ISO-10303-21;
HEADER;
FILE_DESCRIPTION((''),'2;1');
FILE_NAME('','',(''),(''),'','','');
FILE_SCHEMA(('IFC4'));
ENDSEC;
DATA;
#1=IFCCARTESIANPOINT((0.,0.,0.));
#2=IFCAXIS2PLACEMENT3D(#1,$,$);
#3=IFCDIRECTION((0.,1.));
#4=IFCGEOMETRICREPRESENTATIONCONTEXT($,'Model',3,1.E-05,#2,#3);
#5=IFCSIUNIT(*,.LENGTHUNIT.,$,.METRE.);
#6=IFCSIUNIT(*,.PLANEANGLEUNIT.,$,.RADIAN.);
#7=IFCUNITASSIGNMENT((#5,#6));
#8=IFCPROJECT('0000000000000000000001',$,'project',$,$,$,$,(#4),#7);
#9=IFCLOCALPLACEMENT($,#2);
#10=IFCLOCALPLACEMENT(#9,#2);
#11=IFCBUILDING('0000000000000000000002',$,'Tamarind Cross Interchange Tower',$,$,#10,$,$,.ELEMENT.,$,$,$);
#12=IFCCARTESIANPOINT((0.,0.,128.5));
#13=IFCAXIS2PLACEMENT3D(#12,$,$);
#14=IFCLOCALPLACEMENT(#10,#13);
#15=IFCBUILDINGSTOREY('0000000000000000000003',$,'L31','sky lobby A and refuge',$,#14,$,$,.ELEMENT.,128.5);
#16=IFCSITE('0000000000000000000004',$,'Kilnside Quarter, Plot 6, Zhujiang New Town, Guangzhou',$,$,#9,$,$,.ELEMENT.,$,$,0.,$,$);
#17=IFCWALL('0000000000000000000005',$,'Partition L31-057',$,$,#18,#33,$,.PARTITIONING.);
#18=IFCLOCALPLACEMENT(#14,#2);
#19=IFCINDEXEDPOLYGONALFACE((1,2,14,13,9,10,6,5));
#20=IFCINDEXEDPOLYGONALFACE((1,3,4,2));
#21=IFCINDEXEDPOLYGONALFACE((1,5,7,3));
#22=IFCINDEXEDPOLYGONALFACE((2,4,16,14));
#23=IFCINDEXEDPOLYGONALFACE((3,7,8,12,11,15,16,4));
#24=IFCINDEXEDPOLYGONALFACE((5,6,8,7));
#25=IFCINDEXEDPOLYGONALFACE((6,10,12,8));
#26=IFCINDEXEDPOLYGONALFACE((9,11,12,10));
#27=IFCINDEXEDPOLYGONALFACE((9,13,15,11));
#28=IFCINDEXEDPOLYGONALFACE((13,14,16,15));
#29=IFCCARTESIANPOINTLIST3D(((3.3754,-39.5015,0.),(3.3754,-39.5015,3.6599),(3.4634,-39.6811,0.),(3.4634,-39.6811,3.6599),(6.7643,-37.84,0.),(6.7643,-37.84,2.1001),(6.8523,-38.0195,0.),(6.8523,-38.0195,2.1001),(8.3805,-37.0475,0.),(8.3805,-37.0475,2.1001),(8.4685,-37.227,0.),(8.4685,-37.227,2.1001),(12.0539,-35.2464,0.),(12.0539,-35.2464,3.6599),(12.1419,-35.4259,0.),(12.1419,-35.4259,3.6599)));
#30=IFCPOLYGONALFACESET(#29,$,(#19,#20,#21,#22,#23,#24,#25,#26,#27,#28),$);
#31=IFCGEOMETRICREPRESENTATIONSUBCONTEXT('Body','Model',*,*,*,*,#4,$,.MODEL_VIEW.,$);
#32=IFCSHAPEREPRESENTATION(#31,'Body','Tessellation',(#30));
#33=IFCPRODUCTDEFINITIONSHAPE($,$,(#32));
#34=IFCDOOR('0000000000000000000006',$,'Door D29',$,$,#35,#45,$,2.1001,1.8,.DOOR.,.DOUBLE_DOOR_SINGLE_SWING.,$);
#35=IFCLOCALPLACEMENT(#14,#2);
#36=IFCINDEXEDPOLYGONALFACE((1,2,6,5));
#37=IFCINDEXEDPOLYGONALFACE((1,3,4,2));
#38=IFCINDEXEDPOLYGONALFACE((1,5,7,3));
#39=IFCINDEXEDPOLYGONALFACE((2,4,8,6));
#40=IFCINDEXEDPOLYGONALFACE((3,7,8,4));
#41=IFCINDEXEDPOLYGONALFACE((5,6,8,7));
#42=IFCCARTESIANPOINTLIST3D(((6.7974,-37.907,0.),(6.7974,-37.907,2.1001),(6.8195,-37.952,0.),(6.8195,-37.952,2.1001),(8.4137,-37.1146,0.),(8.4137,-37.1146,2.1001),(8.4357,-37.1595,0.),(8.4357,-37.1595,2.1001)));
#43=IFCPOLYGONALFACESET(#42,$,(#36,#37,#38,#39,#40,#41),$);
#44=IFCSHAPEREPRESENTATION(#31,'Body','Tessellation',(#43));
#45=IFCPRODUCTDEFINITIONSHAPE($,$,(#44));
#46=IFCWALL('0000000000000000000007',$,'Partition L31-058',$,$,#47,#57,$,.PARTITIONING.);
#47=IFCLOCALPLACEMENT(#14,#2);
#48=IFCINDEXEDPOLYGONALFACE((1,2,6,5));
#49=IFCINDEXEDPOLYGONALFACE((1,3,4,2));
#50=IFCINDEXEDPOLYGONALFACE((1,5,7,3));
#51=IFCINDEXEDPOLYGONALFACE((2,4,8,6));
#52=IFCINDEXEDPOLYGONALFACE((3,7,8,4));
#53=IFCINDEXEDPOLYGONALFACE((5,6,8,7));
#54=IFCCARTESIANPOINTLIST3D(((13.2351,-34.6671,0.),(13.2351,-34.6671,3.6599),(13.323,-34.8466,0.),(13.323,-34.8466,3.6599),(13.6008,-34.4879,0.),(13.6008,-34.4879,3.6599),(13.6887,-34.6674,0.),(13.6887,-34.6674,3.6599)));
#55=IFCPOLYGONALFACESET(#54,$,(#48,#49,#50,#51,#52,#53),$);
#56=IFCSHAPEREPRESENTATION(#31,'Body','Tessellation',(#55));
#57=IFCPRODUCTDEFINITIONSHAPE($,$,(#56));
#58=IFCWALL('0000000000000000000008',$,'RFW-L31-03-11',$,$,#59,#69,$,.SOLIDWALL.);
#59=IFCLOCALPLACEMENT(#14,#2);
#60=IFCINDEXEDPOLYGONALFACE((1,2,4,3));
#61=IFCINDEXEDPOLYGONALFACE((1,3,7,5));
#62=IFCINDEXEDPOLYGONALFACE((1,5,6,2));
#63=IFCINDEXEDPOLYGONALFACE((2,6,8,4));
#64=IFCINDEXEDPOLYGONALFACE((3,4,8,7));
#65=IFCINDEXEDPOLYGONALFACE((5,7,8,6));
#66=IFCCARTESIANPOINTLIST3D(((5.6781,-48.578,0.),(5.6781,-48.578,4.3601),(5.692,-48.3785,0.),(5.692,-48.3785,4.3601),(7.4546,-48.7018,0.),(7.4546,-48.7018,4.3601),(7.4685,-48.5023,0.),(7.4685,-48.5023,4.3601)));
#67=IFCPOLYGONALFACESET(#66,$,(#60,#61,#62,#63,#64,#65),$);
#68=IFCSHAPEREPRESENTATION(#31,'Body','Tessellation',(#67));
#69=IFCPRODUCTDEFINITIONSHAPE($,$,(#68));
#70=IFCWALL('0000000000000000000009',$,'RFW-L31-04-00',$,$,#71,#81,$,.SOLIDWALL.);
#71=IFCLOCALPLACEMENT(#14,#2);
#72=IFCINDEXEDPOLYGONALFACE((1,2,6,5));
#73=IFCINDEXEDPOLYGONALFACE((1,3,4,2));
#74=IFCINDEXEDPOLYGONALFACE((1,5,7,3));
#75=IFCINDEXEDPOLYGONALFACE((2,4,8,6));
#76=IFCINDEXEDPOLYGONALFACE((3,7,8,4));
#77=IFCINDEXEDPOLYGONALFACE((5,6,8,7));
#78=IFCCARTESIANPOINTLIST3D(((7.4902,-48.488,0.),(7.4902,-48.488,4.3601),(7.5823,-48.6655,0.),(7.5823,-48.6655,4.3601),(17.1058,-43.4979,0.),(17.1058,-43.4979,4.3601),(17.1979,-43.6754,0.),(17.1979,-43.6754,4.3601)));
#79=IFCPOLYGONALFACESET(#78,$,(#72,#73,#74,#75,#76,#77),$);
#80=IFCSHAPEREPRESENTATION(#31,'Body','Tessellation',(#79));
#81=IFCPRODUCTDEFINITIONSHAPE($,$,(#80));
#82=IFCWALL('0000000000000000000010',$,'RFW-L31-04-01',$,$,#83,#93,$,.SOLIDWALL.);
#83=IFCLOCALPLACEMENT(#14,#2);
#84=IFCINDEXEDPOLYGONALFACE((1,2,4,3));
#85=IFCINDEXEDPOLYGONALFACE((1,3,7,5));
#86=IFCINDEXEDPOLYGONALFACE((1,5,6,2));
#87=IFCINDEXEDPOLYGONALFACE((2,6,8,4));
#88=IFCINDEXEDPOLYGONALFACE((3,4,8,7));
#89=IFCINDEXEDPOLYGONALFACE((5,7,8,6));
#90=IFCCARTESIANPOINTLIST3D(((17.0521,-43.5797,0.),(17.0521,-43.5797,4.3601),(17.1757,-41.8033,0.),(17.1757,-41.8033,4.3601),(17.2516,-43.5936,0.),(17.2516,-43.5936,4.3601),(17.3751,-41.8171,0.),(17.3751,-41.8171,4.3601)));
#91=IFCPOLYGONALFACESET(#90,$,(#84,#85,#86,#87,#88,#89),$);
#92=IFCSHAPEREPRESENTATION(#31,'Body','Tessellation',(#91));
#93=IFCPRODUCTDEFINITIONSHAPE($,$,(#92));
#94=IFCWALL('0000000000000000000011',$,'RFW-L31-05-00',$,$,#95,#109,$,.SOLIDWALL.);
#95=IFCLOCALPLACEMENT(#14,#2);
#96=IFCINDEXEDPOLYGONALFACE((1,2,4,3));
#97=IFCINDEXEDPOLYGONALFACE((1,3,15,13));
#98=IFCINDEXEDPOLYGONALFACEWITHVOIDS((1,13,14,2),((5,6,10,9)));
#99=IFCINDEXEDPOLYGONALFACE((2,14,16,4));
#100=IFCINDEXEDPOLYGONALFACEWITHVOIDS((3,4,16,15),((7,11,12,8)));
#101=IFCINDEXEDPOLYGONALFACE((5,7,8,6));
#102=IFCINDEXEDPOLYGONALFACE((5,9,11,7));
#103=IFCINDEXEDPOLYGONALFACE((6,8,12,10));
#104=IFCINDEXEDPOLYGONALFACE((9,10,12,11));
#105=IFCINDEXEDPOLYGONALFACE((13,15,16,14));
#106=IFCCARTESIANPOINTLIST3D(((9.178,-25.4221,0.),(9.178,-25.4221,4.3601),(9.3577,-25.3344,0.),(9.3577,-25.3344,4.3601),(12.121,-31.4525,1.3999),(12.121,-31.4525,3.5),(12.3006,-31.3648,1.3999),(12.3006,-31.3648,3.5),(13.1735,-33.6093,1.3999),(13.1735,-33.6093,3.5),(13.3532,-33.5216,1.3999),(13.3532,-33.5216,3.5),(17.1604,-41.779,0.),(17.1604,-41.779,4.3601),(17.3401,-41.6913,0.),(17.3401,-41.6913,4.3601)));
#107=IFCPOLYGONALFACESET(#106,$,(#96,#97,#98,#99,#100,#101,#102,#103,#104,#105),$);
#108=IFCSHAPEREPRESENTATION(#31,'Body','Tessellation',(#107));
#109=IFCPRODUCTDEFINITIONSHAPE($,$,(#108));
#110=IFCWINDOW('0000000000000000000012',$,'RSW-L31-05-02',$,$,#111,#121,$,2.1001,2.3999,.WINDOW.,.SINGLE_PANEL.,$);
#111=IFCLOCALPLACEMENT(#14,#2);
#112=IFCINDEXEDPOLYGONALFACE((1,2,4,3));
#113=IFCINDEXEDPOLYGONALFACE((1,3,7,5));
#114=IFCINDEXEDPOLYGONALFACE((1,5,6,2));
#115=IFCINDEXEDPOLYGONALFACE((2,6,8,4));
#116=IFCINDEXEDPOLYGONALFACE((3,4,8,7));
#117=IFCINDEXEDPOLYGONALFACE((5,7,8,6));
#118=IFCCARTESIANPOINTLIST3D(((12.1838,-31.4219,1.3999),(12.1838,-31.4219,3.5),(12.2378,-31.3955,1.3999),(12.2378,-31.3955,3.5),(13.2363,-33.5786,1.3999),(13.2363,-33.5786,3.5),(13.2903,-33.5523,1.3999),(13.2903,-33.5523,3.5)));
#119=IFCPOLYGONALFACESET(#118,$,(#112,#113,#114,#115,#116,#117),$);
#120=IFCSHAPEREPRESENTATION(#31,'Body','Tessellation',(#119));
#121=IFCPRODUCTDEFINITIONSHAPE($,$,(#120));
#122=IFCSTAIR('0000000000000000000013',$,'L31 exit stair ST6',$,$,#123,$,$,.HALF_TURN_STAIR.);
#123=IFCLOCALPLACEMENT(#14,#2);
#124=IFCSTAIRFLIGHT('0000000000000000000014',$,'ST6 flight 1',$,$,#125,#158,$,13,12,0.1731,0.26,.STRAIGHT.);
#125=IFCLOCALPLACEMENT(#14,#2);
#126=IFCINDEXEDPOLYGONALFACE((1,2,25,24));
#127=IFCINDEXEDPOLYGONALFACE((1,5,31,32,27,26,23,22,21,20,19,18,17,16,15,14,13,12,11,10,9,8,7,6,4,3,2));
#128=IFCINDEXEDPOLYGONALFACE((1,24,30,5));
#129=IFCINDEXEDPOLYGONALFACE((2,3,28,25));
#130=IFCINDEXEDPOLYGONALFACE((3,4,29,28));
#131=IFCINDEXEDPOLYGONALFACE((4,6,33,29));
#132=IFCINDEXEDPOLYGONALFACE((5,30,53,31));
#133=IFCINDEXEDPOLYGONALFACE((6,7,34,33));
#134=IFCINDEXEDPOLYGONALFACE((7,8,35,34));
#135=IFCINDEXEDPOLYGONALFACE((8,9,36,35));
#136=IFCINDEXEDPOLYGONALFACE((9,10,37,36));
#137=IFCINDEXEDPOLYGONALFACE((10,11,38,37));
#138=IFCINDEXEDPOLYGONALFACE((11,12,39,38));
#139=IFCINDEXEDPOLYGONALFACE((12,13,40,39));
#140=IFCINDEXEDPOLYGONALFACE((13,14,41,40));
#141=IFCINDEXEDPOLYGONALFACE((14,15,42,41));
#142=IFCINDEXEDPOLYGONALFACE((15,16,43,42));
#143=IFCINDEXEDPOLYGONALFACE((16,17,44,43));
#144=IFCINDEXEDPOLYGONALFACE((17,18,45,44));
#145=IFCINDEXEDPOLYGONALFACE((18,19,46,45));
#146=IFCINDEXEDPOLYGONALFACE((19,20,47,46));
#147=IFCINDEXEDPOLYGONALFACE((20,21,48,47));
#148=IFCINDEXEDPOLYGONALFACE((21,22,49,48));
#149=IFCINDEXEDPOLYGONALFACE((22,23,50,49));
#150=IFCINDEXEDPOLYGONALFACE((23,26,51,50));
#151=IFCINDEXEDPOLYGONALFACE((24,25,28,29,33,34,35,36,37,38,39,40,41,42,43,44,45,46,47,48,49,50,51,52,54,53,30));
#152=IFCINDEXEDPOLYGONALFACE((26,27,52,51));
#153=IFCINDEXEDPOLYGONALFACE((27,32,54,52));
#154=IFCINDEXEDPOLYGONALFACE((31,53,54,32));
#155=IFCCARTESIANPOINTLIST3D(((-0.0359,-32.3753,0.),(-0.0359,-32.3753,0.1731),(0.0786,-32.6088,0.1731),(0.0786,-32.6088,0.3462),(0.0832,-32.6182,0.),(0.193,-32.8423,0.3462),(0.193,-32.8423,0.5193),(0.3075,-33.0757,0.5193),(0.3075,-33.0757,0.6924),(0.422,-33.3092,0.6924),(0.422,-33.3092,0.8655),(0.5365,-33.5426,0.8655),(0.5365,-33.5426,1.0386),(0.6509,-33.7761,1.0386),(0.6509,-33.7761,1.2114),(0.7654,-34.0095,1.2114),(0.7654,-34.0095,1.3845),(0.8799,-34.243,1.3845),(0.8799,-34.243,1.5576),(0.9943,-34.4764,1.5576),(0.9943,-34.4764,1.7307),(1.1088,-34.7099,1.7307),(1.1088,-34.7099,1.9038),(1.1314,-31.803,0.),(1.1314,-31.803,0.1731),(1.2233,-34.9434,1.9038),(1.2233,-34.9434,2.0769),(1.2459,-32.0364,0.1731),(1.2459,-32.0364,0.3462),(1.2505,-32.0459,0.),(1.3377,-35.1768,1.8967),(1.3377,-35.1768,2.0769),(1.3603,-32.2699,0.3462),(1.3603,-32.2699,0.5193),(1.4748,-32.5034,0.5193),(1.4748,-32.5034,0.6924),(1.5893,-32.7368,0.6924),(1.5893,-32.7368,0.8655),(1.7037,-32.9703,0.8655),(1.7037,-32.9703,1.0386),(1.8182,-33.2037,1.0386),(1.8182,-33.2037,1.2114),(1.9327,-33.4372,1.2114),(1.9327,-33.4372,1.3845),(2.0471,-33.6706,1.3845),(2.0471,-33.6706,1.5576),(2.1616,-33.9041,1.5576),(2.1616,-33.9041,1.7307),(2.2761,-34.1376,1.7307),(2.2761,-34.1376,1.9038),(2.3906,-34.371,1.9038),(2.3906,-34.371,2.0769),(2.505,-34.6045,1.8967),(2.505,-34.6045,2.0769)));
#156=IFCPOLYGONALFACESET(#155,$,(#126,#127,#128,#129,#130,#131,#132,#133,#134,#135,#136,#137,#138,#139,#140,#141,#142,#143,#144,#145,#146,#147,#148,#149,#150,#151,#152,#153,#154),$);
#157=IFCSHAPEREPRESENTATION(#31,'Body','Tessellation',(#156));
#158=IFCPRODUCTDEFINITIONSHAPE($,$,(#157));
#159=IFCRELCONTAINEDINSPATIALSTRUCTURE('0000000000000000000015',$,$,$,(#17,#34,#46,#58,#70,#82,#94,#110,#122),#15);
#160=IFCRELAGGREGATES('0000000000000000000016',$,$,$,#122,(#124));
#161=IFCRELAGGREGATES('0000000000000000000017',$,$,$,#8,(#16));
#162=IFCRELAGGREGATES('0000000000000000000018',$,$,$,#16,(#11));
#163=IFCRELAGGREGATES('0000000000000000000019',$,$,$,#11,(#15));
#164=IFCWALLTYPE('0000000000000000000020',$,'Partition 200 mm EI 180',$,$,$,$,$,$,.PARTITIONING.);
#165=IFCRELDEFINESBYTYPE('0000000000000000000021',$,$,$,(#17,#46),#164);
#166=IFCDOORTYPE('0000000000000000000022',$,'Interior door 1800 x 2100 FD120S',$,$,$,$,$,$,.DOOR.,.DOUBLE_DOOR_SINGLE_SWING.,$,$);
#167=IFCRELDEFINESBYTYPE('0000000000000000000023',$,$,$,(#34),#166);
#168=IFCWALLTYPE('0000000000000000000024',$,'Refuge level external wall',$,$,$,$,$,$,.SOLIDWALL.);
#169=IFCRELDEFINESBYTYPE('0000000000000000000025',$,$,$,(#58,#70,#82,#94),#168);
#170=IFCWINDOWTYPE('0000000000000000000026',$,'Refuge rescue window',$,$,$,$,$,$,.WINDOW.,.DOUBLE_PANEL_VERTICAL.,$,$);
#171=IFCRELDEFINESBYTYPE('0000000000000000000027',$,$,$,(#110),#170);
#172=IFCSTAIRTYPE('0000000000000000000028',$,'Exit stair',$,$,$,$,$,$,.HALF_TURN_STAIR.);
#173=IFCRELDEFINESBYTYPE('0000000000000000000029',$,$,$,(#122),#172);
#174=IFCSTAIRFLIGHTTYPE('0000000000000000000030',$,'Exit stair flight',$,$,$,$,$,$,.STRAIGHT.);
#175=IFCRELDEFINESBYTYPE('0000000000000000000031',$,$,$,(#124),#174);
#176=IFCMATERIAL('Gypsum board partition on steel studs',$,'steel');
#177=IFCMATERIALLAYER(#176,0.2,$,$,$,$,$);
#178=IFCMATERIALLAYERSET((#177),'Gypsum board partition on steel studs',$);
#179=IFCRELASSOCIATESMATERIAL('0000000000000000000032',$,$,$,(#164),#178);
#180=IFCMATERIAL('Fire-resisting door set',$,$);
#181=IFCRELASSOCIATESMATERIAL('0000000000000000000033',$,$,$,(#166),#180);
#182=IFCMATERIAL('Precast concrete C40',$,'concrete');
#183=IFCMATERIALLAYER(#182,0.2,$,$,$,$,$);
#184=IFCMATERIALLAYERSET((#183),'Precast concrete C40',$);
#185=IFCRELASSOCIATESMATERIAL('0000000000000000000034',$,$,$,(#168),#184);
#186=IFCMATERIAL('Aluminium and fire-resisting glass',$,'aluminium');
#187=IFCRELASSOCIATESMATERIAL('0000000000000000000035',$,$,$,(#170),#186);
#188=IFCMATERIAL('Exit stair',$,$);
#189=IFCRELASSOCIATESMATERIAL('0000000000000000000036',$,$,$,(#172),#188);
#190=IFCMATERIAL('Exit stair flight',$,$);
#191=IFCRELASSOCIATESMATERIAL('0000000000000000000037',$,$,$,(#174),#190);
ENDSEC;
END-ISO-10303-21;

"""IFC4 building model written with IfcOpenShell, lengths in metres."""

from ifc_helpers import new_model, si_unit, direction, frame, frame_2d, origin, place, context, subcontext, project, spatial, polyline, rectangle, outline, extrude, material, layer, layer_set, type_object, element, fill, aggregate, save


model = new_model("IFC4")

# Units and contexts
model_context = context("Model", 3, precision=1e-05, world=origin(), true_north=direction((0.0, 1.0)))
body_context = subcontext(model_context, "Body", "Model", "MODEL_VIEW")
ifc_project = project(units=[si_unit("LENGTHUNIT", "METRE"), si_unit("PLANEANGLEUNIT", "RADIAN")], contexts=[model_context])

# Site, building, storey
site_placement = place(None, origin())
site = spatial("IfcSite", under=ifc_project, at=site_placement, Name="Kilnside Quarter, Plot 6, Zhujiang New Town, Guangzhou", CompositionType="ELEMENT", RefElevation=0.0)
building_placement = place(site_placement, origin())
building = spatial("IfcBuilding", under=site, at=building_placement, Name="Tamarind Cross Interchange Tower", CompositionType="ELEMENT")
storey_placement = place(building_placement, frame((0.0, 0.0, 128.5)))
storey = spatial("IfcBuildingStorey", under=building, at=storey_placement, Name="L31", Description="sky lobby A and refuge", CompositionType="ELEMENT", Elevation=128.5)

# Shared definitions
ifc_material_1 = material(Name="Gypsum board partition on steel studs", Category="steel")
ifc_layer_1 = layer(ifc_material_1, 0.2)
ifc_layer_set_1 = layer_set([ifc_layer_1], Name="Gypsum board partition on steel studs")
wall_type_1 = type_object("IfcWallType", Name="Partition 200 mm EI 180", PredefinedType="PARTITIONING", material=ifc_layer_set_1)

# Wall, opening, door
wall_1_placement = place(storey_placement, frame((3.4194, -39.5913, 0.0), z_axis=(0.0, 0.0, 1.0), x_axis=(0.897881, 0.440239, 0.0)))
wall_1 = element("IfcWall", 1, at=wall_1_placement, inside=storey, type_object=wall_type_1, Name="Partition L31-057", PredefinedType="PARTITIONING", context=body_context, shape_type="SweptSolid", body=[
    extrude(rectangle(XDim=9.6655, YDim=0.2, at=frame_2d((4.8328, 0.0))), origin(), (0.0, 0.0, 1.0), 3.6599),
])
opening_1_placement = place(wall_1_placement, frame((3.7744, 0.0, 0.0)))
opening_1 = element("IfcOpeningElement", 2, at=opening_1_placement, cuts=wall_1, PredefinedType="OPENING", context=body_context, shape_type="SweptSolid", body=[
    extrude(rectangle(XDim=1.8, YDim=2.1001, at=frame_2d((0.8999, 1.05))), frame((0.0, 0.1099, 0.0), z_axis=(0.0, -1.0, 0.0), x_axis=(1.0, 0.0, 0.0)), (0.0, 0.0, 1.0), 0.22),
])
ifc_material_2 = material(Name="Fire-resisting door set")
door_type = type_object("IfcDoorType", Name="Interior door 1800 x 2100 FD120S", OperationType="DOUBLE_DOOR_SINGLE_SWING", PredefinedType="DOOR", material=ifc_material_2)
door_placement = place(opening_1_placement, frame((1.8, 0.0, 0.0), z_axis=(0.0, 0.0, 1.0), x_axis=(-1.0, 0.0, 0.0)))
door = element("IfcDoor", 3, at=door_placement, inside=storey, type_object=door_type, Name="Door D29", OperationType="DOUBLE_DOOR_SINGLE_SWING", OverallHeight=2.1001, OverallWidth=1.8, PredefinedType="DOOR", context=body_context, shape_type="SweptSolid", body=[
    extrude(rectangle(XDim=1.8, YDim=2.1001, at=frame_2d((0.8999, 1.05))), frame((0.0, 0.0249, 0.0), z_axis=(0.0, -1.0, 0.0), x_axis=(1.0, 0.0, 0.0)), (0.0, 0.0, 1.0), 0.05),
])
fill(opening_1, door)

# Walls
wall_2_placement = place(storey_placement, frame((13.2791, -34.7568, 0.0), z_axis=(0.0, 0.0, 1.0), x_axis=(0.897995, 0.440006, 0.0)))
element("IfcWall", 4, at=wall_2_placement, inside=storey, type_object=wall_type_1, Name="Partition L31-058", PredefinedType="PARTITIONING", context=body_context, shape_type="SweptSolid", body=[
    extrude(rectangle(XDim=0.4072, YDim=0.2, at=frame_2d((0.2036, 0.0))), origin(), (0.0, 0.0, 1.0), 3.6599),
])
ifc_material_3 = material(Name="Precast concrete C40", Category="concrete")
ifc_layer_2 = layer(ifc_material_3, 0.2)
ifc_layer_set_2 = layer_set([ifc_layer_2], Name="Precast concrete C40")
wall_type_2 = type_object("IfcWallType", Name="Refuge level external wall", PredefinedType="SOLIDWALL", material=ifc_layer_set_2)
wall_3_placement = place(storey_placement, frame((5.6851, -48.4783, 0.0), z_axis=(0.0, 0.0, 1.0), x_axis=(0.997581, -0.069513, 0.0)))
element("IfcWall", 5, at=wall_3_placement, inside=storey, type_object=wall_type_2, Name="RFW-L31-03-11", PredefinedType="SOLIDWALL", context=body_context, shape_type="SweptSolid", body=[
    extrude(rectangle(XDim=1.7808, YDim=0.2, at=frame_2d((0.8904, 0.0))), origin(), (0.0, 0.0, 1.0), 4.3601),
])
wall_4_placement = place(storey_placement, frame((7.5364, -48.5767, 0.0), z_axis=(0.0, 0.0, 1.0), x_axis=(0.887597, 0.460622, 0.0)))
element("IfcWall", 6, at=wall_4_placement, inside=storey, type_object=wall_type_2, Name="RFW-L31-04-00", PredefinedType="SOLIDWALL", context=body_context, shape_type="SweptSolid", body=[
    extrude(rectangle(XDim=10.8333, YDim=0.2, at=frame_2d((5.4165, 0.0))), origin(), (0.0, 0.0, 1.0), 4.3601),
])
wall_5_placement = place(storey_placement, frame((17.1519, -43.5867, 0.0), z_axis=(0.0, 0.0, 1.0), x_axis=(0.069376, 0.997591, 0.0)))
element("IfcWall", 7, at=wall_5_placement, inside=storey, type_object=wall_type_2, Name="RFW-L31-04-01", PredefinedType="SOLIDWALL", context=body_context, shape_type="SweptSolid", body=[
    extrude(rectangle(XDim=1.7808, YDim=0.2, at=frame_2d((0.8904, 0.0))), origin(), (0.0, 0.0, 1.0), 4.3601),
])

# Wall, opening, window
wall_6_placement = place(storey_placement, frame((17.2502, -41.7351, 0.0), z_axis=(0.0, 0.0, 1.0), x_axis=(-0.438576, 0.898694, 0.0)))
wall_6 = element("IfcWall", 8, at=wall_6_placement, inside=storey, type_object=wall_type_2, Name="RFW-L31-05-00", PredefinedType="SOLIDWALL", context=body_context, shape_type="SweptSolid", body=[
    extrude(rectangle(XDim=18.2007, YDim=0.2, at=frame_2d((9.1003, 0.0))), origin(), (0.0, 0.0, 1.0), 4.3601),
])
opening_2_placement = place(wall_6_placement, frame((9.0906, 0.0, 1.3999)))
opening_2 = element("IfcOpeningElement", 9, at=opening_2_placement, cuts=wall_6, PredefinedType="OPENING", context=body_context, shape_type="SweptSolid", body=[
    extrude(rectangle(XDim=2.3999, YDim=2.1001, at=frame_2d((1.2, 1.05))), frame((0.0, 0.1099, 0.0), z_axis=(0.0, -1.0, 0.0), x_axis=(1.0, 0.0, 0.0)), (0.0, 0.0, 1.0), 0.22),
])
ifc_material_4 = material(Name="Aluminium and fire-resisting glass", Category="aluminium")
window_type = type_object("IfcWindowType", Name="Refuge rescue window", PartitioningType="DOUBLE_PANEL_VERTICAL", PredefinedType="WINDOW", material=ifc_material_4)
window_placement = place(opening_2_placement, origin())
window = element("IfcWindow", 10, at=window_placement, inside=storey, type_object=window_type, Name="RSW-L31-05-02", OverallHeight=2.1001, OverallWidth=2.3999, PartitioningType="SINGLE_PANEL", PredefinedType="WINDOW", context=body_context, shape_type="SweptSolid", body=[
    extrude(rectangle(XDim=2.3999, YDim=2.1001, at=frame_2d((1.2, 1.05))), frame((0.0, 0.03, 0.0), z_axis=(0.0, -1.0, 0.0), x_axis=(1.0, 0.0, 0.0)), (0.0, 0.0, 1.0), 0.0601),
])
fill(opening_2, window)

# Stair, stair flight
ifc_material_5 = material(Name="Exit stair")
stair_type = type_object("IfcStairType", Name="Exit stair", PredefinedType="HALF_TURN_STAIR", material=ifc_material_5)
stair_placement = place(storey_placement, origin())
stair = element("IfcStair", 11, at=stair_placement, inside=storey, type_object=stair_type, Name="L31 exit stair ST6", PredefinedType="HALF_TURN_STAIR")
ifc_material_6 = material(Name="Exit stair flight")
stair_flight_type = type_object("IfcStairFlightType", Name="Exit stair flight", PredefinedType="STRAIGHT", material=ifc_material_6)
stair_flight_1_placement = place(storey_placement, frame((0.5479, -32.0891, 0.0), z_axis=(0.0, 0.0, 1.0), x_axis=(0.440253, -0.897874, 0.0)))
stair_flight_1 = element("IfcStairFlight", 12, at=stair_flight_1_placement, type_object=stair_flight_type, Name="ST6 flight 1", NumberOfRisers=13, NumberOfTreads=12, PredefinedType="STRAIGHT", RiserHeight=0.1731, TreadLength=0.26, context=body_context, shape_type="SweptSolid", body=[
    extrude(outline(polyline([(0.0, 0.0), (0.0, 0.1731), (0.26, 0.1731), (0.26, 0.3462), (0.52, 0.3462), (0.52, 0.5193), (0.78, 0.5193), (0.78, 0.6924), (1.04, 0.6924), (1.04, 0.8655), (1.3, 0.8655), (1.3, 1.0386), (1.5601, 1.0386), (1.5601, 1.2114), (1.8201, 1.2114), (1.8201, 1.3845), (2.0801, 1.3845), (2.0801, 1.5576), (2.3401, 1.5576), (2.3401, 1.7307), (2.6001, 1.7307), (2.6001, 1.9038), (2.8601, 1.9038), (2.8601, 2.0769), (3.1201, 2.0769), (3.1201, 2.25), (3.1201, 1.8967), (0.2705, 0.0), (0.0, 0.0)])), frame((0.0, 0.6499, 0.0), z_axis=(0.0, -1.0, 0.0), x_axis=(1.0, 0.0, 0.0)), (0.0, 0.0, 1.0), 1.3),
])
aggregate(stair, [stair_flight_1])

save(model, "model.ifc")
